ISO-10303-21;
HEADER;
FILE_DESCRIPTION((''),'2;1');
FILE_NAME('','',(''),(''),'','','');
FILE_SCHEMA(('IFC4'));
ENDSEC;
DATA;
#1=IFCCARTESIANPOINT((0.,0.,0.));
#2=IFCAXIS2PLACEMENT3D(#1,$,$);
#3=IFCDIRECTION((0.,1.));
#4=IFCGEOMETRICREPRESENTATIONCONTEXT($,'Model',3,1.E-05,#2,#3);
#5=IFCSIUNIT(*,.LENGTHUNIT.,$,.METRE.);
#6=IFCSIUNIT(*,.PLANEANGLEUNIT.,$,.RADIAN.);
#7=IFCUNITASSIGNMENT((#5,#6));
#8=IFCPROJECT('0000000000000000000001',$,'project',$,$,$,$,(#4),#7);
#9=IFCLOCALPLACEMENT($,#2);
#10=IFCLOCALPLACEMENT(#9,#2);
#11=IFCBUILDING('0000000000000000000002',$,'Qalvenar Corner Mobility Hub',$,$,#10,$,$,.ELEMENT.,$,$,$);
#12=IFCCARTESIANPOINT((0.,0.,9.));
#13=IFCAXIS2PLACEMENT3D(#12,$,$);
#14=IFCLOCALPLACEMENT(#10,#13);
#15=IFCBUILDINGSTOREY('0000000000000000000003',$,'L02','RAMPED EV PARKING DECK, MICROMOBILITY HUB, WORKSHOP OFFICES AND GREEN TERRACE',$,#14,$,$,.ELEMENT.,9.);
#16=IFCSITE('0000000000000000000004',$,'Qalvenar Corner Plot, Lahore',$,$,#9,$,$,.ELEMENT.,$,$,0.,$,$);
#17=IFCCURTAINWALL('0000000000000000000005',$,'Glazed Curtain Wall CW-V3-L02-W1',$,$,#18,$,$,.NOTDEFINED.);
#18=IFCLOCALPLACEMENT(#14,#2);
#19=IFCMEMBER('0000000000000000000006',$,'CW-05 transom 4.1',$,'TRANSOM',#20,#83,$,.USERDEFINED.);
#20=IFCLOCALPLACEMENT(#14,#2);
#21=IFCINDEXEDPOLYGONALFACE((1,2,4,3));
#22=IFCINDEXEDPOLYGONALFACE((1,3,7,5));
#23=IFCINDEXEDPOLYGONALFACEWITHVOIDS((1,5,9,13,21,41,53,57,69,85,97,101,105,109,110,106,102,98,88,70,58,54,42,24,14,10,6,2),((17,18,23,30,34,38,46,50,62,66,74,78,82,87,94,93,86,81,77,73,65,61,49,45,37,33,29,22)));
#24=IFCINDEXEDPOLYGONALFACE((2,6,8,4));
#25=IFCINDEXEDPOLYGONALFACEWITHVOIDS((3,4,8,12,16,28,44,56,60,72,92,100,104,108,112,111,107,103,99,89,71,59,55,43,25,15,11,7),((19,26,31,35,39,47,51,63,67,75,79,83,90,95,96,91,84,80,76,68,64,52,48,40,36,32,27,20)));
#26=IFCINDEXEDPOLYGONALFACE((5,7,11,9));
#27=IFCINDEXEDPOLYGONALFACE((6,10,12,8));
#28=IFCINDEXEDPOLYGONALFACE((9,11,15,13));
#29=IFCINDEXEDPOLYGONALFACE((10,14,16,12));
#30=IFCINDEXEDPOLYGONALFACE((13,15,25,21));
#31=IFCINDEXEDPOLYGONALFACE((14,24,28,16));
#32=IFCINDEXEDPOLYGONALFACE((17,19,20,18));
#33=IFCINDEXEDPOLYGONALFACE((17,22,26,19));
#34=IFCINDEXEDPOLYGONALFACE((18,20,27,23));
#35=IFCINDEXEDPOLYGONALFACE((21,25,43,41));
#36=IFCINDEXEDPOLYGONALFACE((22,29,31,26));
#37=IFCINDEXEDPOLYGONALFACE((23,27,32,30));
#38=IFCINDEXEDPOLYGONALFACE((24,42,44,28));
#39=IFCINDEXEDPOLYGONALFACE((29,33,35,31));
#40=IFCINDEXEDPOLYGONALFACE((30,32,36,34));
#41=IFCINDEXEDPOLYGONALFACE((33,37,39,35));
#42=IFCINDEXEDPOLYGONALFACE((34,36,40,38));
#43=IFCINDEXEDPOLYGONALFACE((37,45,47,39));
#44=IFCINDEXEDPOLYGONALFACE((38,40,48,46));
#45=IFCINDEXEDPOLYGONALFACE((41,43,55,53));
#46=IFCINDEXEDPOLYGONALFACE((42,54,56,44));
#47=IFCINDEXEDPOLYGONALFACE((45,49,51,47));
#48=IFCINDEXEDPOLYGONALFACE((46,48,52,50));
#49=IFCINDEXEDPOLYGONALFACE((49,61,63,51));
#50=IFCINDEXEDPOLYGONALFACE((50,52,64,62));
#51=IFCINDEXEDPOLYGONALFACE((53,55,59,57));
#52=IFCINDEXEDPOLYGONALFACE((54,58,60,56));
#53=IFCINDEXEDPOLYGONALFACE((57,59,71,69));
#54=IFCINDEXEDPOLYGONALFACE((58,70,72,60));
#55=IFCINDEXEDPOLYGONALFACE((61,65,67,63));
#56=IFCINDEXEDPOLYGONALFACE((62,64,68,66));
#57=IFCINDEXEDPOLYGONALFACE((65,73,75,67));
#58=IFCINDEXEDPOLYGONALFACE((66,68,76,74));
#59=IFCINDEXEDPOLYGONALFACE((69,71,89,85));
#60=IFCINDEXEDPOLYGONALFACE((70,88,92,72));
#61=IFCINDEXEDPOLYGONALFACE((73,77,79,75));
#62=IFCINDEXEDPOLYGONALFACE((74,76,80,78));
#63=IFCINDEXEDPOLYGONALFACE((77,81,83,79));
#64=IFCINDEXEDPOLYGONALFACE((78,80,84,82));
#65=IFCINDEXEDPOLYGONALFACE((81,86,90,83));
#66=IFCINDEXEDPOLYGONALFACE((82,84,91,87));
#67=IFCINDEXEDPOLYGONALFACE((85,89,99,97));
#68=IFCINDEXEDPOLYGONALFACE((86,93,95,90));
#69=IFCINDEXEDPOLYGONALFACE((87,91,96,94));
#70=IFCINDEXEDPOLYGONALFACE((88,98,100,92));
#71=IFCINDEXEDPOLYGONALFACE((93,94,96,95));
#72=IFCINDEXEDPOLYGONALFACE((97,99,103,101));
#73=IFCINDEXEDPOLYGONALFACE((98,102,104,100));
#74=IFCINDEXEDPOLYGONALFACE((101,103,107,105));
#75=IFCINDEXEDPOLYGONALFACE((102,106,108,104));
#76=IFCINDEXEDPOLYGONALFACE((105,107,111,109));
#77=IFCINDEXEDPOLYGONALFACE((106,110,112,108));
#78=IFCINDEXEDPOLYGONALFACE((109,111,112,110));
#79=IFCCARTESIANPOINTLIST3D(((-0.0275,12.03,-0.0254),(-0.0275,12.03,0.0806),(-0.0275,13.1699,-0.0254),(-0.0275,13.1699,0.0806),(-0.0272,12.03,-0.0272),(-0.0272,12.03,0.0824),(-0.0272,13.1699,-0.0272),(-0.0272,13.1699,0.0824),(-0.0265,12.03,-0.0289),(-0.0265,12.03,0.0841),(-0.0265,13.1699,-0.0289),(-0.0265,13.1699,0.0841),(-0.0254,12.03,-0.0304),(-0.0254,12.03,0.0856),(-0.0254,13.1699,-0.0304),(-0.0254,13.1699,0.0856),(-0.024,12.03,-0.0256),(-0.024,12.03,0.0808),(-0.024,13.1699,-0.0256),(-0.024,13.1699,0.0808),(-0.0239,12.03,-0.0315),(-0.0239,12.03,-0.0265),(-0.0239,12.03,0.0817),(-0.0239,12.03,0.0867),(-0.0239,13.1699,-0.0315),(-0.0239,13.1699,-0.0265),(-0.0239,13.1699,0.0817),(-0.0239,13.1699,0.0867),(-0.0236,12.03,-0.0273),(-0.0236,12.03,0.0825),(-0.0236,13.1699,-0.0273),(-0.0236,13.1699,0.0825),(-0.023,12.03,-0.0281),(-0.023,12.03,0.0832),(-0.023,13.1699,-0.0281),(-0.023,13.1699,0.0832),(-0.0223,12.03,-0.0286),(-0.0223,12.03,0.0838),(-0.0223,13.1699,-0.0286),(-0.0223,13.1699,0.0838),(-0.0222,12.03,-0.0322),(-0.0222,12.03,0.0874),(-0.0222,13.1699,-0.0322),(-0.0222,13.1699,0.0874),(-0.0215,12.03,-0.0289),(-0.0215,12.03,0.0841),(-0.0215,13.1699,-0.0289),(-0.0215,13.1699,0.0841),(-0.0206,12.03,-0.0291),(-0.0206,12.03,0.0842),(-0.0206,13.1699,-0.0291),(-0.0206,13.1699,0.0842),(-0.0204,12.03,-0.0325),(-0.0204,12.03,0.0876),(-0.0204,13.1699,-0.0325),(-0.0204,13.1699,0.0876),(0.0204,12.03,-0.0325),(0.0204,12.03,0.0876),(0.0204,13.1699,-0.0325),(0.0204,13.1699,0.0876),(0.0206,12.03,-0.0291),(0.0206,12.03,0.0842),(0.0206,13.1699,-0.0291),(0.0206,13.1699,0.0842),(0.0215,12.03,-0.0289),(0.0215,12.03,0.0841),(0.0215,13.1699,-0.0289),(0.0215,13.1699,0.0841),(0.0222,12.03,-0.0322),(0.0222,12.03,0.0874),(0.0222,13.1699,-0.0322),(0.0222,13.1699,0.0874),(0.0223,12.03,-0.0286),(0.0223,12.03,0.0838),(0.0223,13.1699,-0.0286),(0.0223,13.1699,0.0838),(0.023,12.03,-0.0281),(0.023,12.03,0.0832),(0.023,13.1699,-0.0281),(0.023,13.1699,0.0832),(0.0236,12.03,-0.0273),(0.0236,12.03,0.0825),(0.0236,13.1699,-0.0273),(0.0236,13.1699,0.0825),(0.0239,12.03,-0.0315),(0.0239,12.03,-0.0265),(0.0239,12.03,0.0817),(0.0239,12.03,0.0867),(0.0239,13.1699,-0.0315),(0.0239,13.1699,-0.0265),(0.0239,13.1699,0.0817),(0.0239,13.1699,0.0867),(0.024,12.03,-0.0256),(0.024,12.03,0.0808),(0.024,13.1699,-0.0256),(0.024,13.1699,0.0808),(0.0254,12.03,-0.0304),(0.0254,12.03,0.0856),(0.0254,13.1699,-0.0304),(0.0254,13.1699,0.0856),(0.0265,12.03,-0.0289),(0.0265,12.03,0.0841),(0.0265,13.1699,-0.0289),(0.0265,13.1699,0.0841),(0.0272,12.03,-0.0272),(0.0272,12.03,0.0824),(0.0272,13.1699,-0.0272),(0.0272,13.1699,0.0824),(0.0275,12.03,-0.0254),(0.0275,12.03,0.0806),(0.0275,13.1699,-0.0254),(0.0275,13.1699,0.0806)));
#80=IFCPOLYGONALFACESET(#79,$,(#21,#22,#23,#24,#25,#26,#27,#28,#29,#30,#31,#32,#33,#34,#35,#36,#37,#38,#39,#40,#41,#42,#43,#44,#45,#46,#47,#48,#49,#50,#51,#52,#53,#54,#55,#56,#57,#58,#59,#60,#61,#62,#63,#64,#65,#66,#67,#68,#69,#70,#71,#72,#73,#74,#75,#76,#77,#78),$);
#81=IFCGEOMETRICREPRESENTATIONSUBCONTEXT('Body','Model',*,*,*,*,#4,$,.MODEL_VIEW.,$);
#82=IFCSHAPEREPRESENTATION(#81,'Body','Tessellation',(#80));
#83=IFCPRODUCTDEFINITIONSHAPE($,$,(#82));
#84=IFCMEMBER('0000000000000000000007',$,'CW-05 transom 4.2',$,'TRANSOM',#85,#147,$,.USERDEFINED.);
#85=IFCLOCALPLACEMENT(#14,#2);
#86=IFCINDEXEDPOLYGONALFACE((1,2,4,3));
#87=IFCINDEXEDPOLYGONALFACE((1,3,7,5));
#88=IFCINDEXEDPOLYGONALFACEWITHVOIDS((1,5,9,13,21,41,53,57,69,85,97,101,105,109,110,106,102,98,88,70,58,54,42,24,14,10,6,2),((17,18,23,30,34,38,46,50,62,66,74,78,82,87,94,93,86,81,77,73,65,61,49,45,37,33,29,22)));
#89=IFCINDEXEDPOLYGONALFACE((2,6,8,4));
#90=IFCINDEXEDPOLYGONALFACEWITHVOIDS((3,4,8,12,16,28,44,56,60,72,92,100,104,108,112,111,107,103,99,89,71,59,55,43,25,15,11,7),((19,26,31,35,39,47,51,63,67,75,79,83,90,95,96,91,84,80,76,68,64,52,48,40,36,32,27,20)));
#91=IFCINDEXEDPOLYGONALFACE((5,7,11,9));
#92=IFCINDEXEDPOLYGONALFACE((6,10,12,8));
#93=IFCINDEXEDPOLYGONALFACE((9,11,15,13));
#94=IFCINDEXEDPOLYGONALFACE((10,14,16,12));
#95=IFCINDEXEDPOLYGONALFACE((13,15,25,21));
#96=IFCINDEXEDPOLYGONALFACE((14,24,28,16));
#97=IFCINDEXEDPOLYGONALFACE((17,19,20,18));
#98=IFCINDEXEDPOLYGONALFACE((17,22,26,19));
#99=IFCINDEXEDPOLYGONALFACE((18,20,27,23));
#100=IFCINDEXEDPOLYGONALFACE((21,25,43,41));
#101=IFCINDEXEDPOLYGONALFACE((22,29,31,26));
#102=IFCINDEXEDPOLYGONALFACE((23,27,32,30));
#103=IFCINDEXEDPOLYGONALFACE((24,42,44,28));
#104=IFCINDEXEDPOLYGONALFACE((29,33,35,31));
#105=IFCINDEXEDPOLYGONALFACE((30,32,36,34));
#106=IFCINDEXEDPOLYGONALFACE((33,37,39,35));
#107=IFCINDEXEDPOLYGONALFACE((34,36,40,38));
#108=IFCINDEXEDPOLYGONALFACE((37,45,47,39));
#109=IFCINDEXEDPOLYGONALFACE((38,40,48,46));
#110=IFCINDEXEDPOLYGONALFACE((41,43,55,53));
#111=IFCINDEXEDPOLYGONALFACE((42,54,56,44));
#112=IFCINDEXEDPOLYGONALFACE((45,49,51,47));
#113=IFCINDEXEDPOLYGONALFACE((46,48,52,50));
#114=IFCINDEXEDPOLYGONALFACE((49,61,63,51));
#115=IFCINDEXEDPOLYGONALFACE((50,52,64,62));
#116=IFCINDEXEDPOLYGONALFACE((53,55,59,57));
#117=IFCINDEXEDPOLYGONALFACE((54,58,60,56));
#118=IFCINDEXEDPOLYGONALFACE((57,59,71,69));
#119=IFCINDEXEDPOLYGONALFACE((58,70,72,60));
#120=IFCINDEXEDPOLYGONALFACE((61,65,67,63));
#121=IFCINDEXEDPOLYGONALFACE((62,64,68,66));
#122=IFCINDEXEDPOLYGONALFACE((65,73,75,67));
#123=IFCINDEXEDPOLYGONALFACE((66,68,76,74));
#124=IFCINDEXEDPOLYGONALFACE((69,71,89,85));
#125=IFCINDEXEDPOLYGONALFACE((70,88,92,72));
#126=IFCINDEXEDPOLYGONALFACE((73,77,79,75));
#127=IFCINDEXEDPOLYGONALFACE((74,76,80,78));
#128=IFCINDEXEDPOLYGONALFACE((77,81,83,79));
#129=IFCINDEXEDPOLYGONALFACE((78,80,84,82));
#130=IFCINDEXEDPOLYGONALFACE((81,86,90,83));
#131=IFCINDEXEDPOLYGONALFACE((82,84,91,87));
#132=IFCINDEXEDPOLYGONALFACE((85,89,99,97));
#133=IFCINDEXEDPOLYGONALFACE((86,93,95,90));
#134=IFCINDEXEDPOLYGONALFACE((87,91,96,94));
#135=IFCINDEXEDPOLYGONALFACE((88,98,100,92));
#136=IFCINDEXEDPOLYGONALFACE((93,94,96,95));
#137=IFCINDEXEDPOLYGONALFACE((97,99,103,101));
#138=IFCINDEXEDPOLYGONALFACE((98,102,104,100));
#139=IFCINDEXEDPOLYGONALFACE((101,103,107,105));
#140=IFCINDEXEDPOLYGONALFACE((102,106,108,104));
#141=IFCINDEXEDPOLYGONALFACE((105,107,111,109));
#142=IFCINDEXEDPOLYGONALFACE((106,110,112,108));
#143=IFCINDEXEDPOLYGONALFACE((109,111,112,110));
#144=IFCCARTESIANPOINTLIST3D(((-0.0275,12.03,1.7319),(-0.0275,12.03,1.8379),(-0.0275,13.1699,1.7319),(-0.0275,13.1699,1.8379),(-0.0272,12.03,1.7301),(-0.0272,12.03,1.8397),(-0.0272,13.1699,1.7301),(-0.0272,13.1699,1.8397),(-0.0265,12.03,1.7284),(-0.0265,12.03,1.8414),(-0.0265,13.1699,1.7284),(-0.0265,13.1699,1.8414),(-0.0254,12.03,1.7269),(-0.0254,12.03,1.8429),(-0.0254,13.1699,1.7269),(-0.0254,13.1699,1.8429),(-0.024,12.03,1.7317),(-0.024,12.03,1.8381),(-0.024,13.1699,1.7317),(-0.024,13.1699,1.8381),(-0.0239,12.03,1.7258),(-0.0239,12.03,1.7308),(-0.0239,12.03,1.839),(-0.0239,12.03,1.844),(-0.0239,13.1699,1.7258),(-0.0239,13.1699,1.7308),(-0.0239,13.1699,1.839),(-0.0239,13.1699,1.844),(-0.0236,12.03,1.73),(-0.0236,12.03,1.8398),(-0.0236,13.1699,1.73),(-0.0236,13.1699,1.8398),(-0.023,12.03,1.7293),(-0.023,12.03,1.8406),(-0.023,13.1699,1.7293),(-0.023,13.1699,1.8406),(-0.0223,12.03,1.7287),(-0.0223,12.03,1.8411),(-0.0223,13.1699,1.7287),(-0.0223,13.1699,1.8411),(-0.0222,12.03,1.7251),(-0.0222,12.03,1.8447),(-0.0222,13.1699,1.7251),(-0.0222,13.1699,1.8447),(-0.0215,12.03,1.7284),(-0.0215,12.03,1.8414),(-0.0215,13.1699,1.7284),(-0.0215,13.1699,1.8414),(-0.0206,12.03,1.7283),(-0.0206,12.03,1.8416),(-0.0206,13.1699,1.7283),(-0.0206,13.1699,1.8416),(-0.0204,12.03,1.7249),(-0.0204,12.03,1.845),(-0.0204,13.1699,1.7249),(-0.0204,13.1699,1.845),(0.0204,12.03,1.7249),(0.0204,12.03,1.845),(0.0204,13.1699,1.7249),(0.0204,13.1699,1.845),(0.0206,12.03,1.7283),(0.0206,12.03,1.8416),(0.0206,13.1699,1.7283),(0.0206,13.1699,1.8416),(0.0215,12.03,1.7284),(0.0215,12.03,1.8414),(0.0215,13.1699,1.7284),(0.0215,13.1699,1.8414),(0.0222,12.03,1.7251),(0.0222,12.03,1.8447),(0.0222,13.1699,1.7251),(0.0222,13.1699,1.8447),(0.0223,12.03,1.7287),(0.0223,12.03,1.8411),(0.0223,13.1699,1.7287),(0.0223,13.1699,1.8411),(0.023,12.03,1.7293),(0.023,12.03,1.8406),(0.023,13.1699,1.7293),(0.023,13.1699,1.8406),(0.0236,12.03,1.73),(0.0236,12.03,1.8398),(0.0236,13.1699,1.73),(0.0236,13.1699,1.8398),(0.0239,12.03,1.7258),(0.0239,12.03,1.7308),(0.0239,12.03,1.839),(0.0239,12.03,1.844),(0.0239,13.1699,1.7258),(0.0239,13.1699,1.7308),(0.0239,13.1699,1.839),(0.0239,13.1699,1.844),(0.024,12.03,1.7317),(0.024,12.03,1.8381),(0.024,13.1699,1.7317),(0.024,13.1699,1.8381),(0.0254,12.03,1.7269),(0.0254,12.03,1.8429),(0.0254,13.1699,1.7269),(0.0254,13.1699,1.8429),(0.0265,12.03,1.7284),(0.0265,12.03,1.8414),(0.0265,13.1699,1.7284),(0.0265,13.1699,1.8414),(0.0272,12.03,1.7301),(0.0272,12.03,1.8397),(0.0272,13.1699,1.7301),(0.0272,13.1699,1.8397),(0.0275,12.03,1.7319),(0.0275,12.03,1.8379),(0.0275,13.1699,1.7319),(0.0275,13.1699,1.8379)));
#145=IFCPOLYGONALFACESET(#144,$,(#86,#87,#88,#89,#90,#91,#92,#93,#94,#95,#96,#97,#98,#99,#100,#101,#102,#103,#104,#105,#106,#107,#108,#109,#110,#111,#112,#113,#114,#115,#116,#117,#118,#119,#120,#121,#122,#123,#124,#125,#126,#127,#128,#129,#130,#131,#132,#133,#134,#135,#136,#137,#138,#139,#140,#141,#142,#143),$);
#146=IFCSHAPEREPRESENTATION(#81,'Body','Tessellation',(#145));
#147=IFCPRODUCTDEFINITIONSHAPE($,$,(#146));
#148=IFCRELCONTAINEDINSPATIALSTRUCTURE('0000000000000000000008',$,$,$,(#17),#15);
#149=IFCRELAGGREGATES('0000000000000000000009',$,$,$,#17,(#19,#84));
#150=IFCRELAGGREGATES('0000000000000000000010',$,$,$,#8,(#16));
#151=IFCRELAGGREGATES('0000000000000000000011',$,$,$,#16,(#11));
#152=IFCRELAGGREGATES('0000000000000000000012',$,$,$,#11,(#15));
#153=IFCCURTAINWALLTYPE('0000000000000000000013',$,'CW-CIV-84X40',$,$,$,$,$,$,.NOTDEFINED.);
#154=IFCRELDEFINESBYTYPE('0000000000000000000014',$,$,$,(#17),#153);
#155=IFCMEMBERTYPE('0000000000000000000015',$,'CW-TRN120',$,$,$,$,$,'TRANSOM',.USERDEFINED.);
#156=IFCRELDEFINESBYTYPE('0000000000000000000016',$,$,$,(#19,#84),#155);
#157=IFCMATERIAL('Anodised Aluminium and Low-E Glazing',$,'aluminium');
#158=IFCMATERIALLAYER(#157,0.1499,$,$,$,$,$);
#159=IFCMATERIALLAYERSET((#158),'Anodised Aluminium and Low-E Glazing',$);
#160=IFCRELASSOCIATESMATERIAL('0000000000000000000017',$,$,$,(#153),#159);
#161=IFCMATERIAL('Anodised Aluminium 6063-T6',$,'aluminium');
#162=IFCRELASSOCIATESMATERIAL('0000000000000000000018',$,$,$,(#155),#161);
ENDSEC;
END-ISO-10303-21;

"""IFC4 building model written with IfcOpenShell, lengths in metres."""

from ifc_helpers import new_model, si_unit, direction, frame, origin, origin_2d, place, context, subcontext, project, spatial, hollow_rectangle, extrude, material, layer, layer_set, material_profile, profile_set, type_object, element, aggregate, save


model = new_model("IFC4")

# Units and contexts
model_context = context("Model", 3, precision=1e-05, world=origin(), true_north=direction((0.0, 1.0)))
body_context = subcontext(model_context, "Body", "Model", "MODEL_VIEW")
ifc_project = project(units=[si_unit("LENGTHUNIT", "METRE"), si_unit("PLANEANGLEUNIT", "RADIAN")], contexts=[model_context])

# Site, building, storey
site_placement = place(None, origin())
site = spatial("IfcSite", under=ifc_project, at=site_placement, Name="Qalvenar Corner Plot, Lahore", CompositionType="ELEMENT", RefElevation=0.0)
building_placement = place(site_placement, origin())
building = spatial("IfcBuilding", under=site, at=building_placement, Name="Qalvenar Corner Mobility Hub", CompositionType="ELEMENT")
storey_placement = place(building_placement, frame((0.0, 0.0, 9.0)))
storey = spatial("IfcBuildingStorey", under=building, at=storey_placement, Name="L02", Description="RAMPED EV PARKING DECK, MICROMOBILITY HUB, WORKSHOP OFFICES AND GREEN TERRACE", CompositionType="ELEMENT", Elevation=9.0)

# Curtain wall, members
ifc_material_1 = material(Name="Anodised Aluminium and Low-E Glazing", Category="aluminium")
ifc_layer_1 = layer(ifc_material_1, 0.1499)
ifc_layer_set_1 = layer_set([ifc_layer_1], Name="Anodised Aluminium and Low-E Glazing")
curtain_wall_type = type_object("IfcCurtainWallType", Name="CW-CIV-84X40", PredefinedType="NOTDEFINED", material=ifc_layer_set_1)
curtain_wall_placement = place(storey_placement, origin())
curtain_wall = element("IfcCurtainWall", 1, at=curtain_wall_placement, inside=storey, type_object=curtain_wall_type, Name="Glazed Curtain Wall CW-V3-L02-W1", PredefinedType="NOTDEFINED")
ifc_material_2 = material(Name="Anodised Aluminium 6063-T6", Category="aluminium")
ifc_material_profile_1 = material_profile(ifc_material_2, hollow_rectangle(XDim=0.0549, YDim=0.1201, WallThickness=0.0034, InnerFilletRadius=0.0034, OuterFilletRadius=0.0071, at=origin_2d()), Name="RHS120x55x3.5")
ifc_profile_set_1 = profile_set([ifc_material_profile_1], Name="Anodised Aluminium 6063-T6")
member_type_1 = type_object("IfcMemberType", Name="CW-TRN120", ElementType="TRANSOM", PredefinedType="USERDEFINED", material=ifc_profile_set_1)
member_1_placement = place(storey_placement, frame((0.0, 13.1699, 0.0276), z_axis=(0.0, -1.0, 0.0), x_axis=(1.0, 0.0, 0.0)))
member_1 = element("IfcMember", 2, at=member_1_placement, type_object=member_type_1, Name="CW-05 transom 4.1", ObjectType="TRANSOM", PredefinedType="USERDEFINED", context=body_context, shape_type="SweptSolid", body=[
    extrude(hollow_rectangle(XDim=0.0549, YDim=0.1201, WallThickness=0.0034, InnerFilletRadius=0.0034, OuterFilletRadius=0.0071, at=origin_2d()), origin(), (0.0, 0.0, 1.0), 1.1399),
])
member_2_placement = place(storey_placement, frame((0.0, 13.1699, 1.7849), z_axis=(0.0, -1.0, 0.0), x_axis=(1.0, 0.0, 0.0)))
member_2 = element("IfcMember", 3, at=member_2_placement, type_object=member_type_1, Name="CW-05 transom 4.2", ObjectType="TRANSOM", PredefinedType="USERDEFINED", context=body_context, shape_type="SweptSolid", body=[
    extrude(hollow_rectangle(XDim=0.0549, YDim=0.1201, WallThickness=0.0034, InnerFilletRadius=0.0034, OuterFilletRadius=0.0071, at=origin_2d()), origin(), (0.0, 0.0, 1.0), 1.1399),
])
aggregate(curtain_wall, [member_1, member_2])

save(model, "model.ifc")
